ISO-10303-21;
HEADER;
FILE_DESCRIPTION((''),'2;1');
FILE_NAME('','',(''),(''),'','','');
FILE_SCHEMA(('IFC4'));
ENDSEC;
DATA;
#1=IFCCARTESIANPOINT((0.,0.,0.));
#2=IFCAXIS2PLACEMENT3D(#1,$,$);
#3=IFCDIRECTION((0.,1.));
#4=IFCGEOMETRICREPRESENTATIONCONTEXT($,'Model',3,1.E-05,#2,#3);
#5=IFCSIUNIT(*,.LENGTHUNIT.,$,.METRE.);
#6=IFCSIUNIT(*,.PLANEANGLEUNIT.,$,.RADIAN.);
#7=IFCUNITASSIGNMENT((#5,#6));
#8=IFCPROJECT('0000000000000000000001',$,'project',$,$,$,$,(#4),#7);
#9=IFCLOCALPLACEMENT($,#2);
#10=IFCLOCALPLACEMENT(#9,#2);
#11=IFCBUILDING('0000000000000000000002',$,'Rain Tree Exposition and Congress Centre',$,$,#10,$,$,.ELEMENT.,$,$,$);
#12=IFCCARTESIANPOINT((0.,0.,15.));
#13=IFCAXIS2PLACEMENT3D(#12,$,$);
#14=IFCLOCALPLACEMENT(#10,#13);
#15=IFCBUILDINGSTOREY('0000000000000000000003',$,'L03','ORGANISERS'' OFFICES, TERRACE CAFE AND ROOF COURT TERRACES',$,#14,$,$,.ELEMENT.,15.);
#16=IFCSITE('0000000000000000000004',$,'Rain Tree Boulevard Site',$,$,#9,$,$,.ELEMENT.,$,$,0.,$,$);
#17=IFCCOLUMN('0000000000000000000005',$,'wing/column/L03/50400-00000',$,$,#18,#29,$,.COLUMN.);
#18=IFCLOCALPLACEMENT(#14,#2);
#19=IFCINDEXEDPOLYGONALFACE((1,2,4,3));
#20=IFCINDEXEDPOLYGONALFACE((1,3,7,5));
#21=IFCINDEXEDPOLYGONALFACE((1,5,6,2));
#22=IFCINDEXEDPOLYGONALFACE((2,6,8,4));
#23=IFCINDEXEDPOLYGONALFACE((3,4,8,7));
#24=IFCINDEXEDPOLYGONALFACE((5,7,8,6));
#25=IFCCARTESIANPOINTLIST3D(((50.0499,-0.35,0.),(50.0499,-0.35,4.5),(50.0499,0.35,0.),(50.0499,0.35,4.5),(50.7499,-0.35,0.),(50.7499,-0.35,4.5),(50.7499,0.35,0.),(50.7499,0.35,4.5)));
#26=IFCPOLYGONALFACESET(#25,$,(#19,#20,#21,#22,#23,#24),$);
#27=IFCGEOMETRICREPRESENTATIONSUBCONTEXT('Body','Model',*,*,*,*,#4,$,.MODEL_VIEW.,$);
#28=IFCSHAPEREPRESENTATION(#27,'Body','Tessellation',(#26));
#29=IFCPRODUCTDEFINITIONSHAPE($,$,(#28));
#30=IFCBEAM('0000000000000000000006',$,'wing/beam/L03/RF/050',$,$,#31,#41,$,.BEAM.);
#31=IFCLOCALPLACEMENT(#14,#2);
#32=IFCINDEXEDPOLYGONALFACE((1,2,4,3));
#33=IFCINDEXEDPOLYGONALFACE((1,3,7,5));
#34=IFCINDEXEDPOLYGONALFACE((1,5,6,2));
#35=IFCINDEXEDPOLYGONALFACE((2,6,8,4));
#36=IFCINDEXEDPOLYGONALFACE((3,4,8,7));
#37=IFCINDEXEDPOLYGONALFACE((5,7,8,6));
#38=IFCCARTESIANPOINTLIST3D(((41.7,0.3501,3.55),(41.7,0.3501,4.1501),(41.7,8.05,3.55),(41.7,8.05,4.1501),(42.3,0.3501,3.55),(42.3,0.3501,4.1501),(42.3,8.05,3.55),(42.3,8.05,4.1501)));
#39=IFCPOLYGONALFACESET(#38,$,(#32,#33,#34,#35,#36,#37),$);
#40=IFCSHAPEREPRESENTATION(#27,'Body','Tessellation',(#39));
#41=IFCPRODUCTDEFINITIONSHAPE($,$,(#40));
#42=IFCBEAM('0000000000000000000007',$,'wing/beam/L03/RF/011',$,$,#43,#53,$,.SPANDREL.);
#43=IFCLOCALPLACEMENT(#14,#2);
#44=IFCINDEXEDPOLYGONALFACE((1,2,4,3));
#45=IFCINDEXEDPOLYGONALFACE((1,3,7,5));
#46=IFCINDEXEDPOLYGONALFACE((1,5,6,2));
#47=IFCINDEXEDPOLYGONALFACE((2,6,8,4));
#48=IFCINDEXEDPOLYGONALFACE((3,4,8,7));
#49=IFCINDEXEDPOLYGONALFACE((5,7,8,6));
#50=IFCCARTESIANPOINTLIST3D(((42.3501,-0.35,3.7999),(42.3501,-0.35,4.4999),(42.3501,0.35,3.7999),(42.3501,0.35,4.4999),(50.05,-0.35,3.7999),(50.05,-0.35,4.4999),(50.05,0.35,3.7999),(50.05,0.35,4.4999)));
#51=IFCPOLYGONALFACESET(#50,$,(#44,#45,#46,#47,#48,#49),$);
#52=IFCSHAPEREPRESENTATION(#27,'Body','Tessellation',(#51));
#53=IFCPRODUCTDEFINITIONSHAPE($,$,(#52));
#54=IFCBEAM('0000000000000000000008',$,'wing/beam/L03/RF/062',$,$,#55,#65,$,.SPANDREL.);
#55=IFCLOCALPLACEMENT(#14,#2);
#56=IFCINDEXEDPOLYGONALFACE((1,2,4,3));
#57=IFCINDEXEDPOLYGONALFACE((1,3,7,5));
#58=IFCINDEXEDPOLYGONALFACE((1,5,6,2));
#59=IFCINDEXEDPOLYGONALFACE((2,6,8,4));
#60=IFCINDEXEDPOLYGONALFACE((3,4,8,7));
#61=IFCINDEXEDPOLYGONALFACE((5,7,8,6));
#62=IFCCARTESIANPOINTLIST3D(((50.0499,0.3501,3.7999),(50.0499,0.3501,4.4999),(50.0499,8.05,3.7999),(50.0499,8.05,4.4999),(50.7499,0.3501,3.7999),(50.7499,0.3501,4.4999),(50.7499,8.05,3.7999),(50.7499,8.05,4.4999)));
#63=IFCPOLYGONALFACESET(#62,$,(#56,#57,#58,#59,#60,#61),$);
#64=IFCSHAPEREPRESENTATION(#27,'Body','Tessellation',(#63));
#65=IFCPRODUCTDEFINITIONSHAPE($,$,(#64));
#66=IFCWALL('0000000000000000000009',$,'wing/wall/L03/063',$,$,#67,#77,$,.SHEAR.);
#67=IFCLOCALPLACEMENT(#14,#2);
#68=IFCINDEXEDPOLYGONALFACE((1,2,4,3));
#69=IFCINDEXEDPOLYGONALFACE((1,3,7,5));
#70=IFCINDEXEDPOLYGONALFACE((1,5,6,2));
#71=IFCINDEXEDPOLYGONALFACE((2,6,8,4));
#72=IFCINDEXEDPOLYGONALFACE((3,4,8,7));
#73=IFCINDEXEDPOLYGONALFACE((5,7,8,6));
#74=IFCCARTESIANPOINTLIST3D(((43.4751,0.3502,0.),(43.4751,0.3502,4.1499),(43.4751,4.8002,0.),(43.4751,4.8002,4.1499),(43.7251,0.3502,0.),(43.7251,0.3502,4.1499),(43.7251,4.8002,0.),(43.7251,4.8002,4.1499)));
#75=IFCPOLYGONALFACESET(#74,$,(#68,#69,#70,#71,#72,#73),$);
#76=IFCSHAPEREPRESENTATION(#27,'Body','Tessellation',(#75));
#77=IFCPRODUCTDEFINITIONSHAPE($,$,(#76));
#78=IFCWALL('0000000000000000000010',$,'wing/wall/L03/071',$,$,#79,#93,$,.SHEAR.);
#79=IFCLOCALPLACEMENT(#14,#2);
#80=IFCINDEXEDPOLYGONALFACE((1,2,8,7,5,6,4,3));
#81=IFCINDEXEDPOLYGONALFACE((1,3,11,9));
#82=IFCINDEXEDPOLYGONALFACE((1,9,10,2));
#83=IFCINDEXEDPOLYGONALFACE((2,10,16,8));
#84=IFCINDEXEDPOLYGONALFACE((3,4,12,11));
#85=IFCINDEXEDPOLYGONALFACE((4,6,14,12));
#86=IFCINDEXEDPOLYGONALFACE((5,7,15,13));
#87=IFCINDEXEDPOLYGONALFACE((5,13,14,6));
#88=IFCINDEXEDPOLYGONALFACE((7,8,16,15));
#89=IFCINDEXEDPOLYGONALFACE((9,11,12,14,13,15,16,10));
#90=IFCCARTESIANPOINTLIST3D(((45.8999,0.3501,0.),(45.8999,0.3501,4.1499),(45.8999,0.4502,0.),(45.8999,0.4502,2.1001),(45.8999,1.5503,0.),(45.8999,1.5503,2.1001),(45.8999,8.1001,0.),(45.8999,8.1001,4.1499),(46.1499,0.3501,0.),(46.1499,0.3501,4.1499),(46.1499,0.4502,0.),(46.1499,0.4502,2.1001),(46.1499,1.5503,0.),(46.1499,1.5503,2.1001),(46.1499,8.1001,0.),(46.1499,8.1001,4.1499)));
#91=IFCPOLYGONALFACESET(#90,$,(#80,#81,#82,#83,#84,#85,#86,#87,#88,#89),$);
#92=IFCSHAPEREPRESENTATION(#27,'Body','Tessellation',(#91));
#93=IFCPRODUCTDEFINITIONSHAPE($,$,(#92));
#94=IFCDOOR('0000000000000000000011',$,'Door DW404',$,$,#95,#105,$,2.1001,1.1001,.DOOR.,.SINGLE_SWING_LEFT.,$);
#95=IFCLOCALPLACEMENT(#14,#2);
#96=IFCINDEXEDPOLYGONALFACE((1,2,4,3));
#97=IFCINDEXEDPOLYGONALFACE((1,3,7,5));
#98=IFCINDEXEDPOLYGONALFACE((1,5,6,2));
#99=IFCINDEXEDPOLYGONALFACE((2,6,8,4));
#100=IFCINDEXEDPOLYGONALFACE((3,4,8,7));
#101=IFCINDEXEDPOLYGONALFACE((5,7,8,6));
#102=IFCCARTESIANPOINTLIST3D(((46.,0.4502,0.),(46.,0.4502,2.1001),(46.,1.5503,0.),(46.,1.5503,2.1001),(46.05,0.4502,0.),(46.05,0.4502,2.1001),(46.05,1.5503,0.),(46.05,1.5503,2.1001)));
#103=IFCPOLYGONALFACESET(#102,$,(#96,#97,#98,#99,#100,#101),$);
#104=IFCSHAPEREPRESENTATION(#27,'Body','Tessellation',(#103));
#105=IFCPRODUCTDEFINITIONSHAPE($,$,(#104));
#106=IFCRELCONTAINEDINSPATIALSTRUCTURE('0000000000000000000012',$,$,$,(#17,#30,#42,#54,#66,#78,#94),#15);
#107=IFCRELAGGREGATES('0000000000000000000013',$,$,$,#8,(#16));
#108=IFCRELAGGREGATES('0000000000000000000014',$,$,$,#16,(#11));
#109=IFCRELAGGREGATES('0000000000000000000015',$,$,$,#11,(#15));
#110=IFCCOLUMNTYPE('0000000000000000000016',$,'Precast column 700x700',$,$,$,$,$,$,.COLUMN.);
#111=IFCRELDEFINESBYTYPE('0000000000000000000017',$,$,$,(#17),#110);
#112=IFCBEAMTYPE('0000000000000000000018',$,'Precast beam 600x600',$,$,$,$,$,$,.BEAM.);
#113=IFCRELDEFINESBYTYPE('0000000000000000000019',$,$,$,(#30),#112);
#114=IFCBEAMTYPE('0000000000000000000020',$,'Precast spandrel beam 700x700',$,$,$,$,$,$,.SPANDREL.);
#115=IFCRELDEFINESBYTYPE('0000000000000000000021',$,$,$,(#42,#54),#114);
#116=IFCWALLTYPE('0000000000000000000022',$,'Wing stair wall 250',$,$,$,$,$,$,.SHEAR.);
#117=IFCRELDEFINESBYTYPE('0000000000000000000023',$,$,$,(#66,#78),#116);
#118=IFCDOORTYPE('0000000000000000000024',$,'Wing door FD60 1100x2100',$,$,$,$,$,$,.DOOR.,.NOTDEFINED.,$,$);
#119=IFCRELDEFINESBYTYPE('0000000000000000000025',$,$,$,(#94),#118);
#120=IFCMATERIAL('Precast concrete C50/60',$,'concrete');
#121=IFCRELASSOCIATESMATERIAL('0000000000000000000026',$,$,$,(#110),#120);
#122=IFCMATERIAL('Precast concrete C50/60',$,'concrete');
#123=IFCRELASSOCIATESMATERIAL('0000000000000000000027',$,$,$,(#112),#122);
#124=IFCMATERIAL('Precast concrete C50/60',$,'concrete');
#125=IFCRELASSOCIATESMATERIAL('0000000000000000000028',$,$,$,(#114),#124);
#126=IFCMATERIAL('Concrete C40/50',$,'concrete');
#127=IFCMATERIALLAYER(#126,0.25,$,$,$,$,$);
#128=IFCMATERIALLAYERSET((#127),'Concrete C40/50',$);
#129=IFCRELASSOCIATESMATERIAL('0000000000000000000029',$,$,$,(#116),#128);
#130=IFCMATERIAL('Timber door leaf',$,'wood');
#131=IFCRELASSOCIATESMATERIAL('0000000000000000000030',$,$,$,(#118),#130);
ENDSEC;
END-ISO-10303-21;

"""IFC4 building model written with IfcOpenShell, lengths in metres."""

from ifc_helpers import new_model, si_unit, direction, frame, frame_2d, origin, origin_2d, place, context, subcontext, project, spatial, rectangle, extrude, material, layer, layer_set, material_profile, profile_set, type_object, element, fill, save


model = new_model("IFC4")

# Units and contexts
model_context = context("Model", 3, precision=1e-05, world=origin(), true_north=direction((0.0, 1.0)))
body_context = subcontext(model_context, "Body", "Model", "MODEL_VIEW")
ifc_project = project(units=[si_unit("LENGTHUNIT", "METRE"), si_unit("PLANEANGLEUNIT", "RADIAN")], contexts=[model_context])

# Site, building, storey
site_placement = place(None, origin())
site = spatial("IfcSite", under=ifc_project, at=site_placement, Name="Rain Tree Boulevard Site", CompositionType="ELEMENT", RefElevation=0.0)
building_placement = place(site_placement, origin())
building = spatial("IfcBuilding", under=site, at=building_placement, Name="Rain Tree Exposition and Congress Centre", CompositionType="ELEMENT")
storey_placement = place(building_placement, frame((0.0, 0.0, 15.0)))
storey = spatial("IfcBuildingStorey", under=building, at=storey_placement, Name="L03", Description="ORGANISERS' OFFICES, TERRACE CAFE AND ROOF COURT TERRACES", CompositionType="ELEMENT", Elevation=15.0)

# Column
ifc_material_1 = material(Name="Precast concrete C50/60", Category="concrete")
ifc_material_profile_1 = material_profile(ifc_material_1, rectangle(XDim=0.7, YDim=0.7, at=origin_2d()), Name="RC 700x700")
ifc_profile_set_1 = profile_set([ifc_material_profile_1], Name="Precast concrete C50/60")
column_type = type_object("IfcColumnType", Name="Precast column 700x700", PredefinedType="COLUMN", material=ifc_profile_set_1)
column_placement = place(storey_placement, frame((50.3999, 0.0, 0.0), z_axis=(0.0, 0.0, 1.0), x_axis=(1.0, 0.0, 0.0)))
element("IfcColumn", 1, at=column_placement, inside=storey, type_object=column_type, Name="wing/column/L03/50400-00000", PredefinedType="COLUMN", context=body_context, shape_type="SweptSolid", body=[
    extrude(rectangle(XDim=0.7, YDim=0.7, at=origin_2d()), origin(), (0.0, 0.0, 1.0), 4.5),
])

# Beams
ifc_material_2 = material(Name="Precast concrete C50/60", Category="concrete")
ifc_material_profile_2 = material_profile(ifc_material_2, rectangle(XDim=0.6001, YDim=0.6001, at=origin_2d()), Name="RC 600x600")
ifc_profile_set_2 = profile_set([ifc_material_profile_2], Name="Precast concrete C50/60")
beam_type_1 = type_object("IfcBeamType", Name="Precast beam 600x600", PredefinedType="BEAM", material=ifc_profile_set_2)
beam_placement = place(storey_placement, frame((42.0, 0.3501, 3.8501), z_axis=(0.0, 1.0, 0.0), x_axis=(-1.0, 0.0, 0.0)))
element("IfcBeam", 2, at=beam_placement, inside=storey, type_object=beam_type_1, Name="wing/beam/L03/RF/050", PredefinedType="BEAM", context=body_context, shape_type="SweptSolid", body=[
    extrude(rectangle(XDim=0.6001, YDim=0.6001, at=origin_2d()), origin(), (0.0, 0.0, 1.0), 7.7),
])
ifc_material_3 = material(Name="Precast concrete C50/60", Category="concrete")
ifc_material_profile_3 = material_profile(ifc_material_3, rectangle(XDim=0.7, YDim=0.7, at=origin_2d()), Name="RC 700x700")
ifc_profile_set_3 = profile_set([ifc_material_profile_3], Name="Precast concrete C50/60")
beam_type_2 = type_object("IfcBeamType", Name="Precast spandrel beam 700x700", PredefinedType="SPANDREL", material=ifc_profile_set_3)
for number, where, z_axis, x_axis, name in (
    (3, (42.3501, 0.0, 4.1499), (1.0, 0.0, 0.0), (0.0, 1.0, 0.0), "wing/beam/L03/RF/011"),
    (4, (50.3999, 0.3501, 4.1499), (0.0, 1.0, 0.0), (-1.0, 0.0, 0.0), "wing/beam/L03/RF/062"),
):
    element("IfcBeam", number, at=place(storey_placement, frame(where, z_axis=z_axis, x_axis=x_axis)), inside=storey, type_object=beam_type_2, Name=name, PredefinedType="SPANDREL", context=body_context, shape_type="SweptSolid", body=[
        extrude(rectangle(XDim=0.7, YDim=0.7, at=origin_2d()), origin(), (0.0, 0.0, 1.0), 7.7),
    ])

# Wall
ifc_material_4 = material(Name="Concrete C40/50", Category="concrete")
ifc_layer_1 = layer(ifc_material_4, 0.25)
ifc_layer_set_1 = layer_set([ifc_layer_1], Name="Concrete C40/50")
wall_type_1 = type_object("IfcWallType", Name="Wing stair wall 250", PredefinedType="SHEAR", material=ifc_layer_set_1)
wall_1_placement = place(storey_placement, frame((43.6001, 0.3501, 0.0), z_axis=(0.0, 0.0, 1.0), x_axis=(0.0, 1.0, 0.0)))
element("IfcWall", 5, at=wall_1_placement, inside=storey, type_object=wall_type_1, Name="wing/wall/L03/063", PredefinedType="SHEAR", context=body_context, shape_type="SweptSolid", body=[
    extrude(rectangle(XDim=4.45, YDim=0.25, at=frame_2d((2.2251, 0.0))), origin(), (0.0, 0.0, 1.0), 4.1499),
])

# Wall, opening, door
wall_2_placement = place(storey_placement, frame((46.0249, 0.3501, 0.0), z_axis=(0.0, 0.0, 1.0), x_axis=(0.0, 1.0, 0.0)))
wall_2 = element("IfcWall", 6, at=wall_2_placement, inside=storey, type_object=wall_type_1, Name="wing/wall/L03/071", PredefinedType="SHEAR", context=body_context, shape_type="SweptSolid", body=[
    extrude(rectangle(XDim=7.75, YDim=0.25, at=frame_2d((3.875, 0.0))), origin(), (0.0, 0.0, 1.0), 4.1499),
])
opening_1_placement = place(wall_2_placement, frame((0.1001, 0.0, 0.0)))
opening_1 = element("IfcOpeningElement", 7, at=opening_1_placement, cuts=wall_2, PredefinedType="OPENING", context=body_context, shape_type="SweptSolid", body=[
    extrude(rectangle(XDim=1.1001, YDim=2.1001, at=frame_2d((0.55, 1.05))), frame((0.0, 0.125, 0.0), z_axis=(0.0, -1.0, 0.0), x_axis=(1.0, 0.0, 0.0)), (0.0, 0.0, 1.0), 0.25),
])
ifc_material_5 = material(Name="Timber door leaf", Category="wood")
door_type = type_object("IfcDoorType", Name="Wing door FD60 1100x2100", OperationType="NOTDEFINED", PredefinedType="DOOR", material=ifc_material_5)
door_placement = place(opening_1_placement, origin())
door = element("IfcDoor", 8, at=door_placement, inside=storey, type_object=door_type, Name="Door DW404", OperationType="SINGLE_SWING_LEFT", OverallHeight=2.1001, OverallWidth=1.1001, PredefinedType="DOOR", context=body_context, shape_type="SweptSolid", body=[
    extrude(rectangle(XDim=1.1001, YDim=2.1001, at=frame_2d((0.55, 1.05))), frame((0.0, 0.0249, 0.0), z_axis=(0.0, -1.0, 0.0), x_axis=(1.0, 0.0, 0.0)), (0.0, 0.0, 1.0), 0.05),
])
fill(opening_1, door)

save(model, "model.ifc")
